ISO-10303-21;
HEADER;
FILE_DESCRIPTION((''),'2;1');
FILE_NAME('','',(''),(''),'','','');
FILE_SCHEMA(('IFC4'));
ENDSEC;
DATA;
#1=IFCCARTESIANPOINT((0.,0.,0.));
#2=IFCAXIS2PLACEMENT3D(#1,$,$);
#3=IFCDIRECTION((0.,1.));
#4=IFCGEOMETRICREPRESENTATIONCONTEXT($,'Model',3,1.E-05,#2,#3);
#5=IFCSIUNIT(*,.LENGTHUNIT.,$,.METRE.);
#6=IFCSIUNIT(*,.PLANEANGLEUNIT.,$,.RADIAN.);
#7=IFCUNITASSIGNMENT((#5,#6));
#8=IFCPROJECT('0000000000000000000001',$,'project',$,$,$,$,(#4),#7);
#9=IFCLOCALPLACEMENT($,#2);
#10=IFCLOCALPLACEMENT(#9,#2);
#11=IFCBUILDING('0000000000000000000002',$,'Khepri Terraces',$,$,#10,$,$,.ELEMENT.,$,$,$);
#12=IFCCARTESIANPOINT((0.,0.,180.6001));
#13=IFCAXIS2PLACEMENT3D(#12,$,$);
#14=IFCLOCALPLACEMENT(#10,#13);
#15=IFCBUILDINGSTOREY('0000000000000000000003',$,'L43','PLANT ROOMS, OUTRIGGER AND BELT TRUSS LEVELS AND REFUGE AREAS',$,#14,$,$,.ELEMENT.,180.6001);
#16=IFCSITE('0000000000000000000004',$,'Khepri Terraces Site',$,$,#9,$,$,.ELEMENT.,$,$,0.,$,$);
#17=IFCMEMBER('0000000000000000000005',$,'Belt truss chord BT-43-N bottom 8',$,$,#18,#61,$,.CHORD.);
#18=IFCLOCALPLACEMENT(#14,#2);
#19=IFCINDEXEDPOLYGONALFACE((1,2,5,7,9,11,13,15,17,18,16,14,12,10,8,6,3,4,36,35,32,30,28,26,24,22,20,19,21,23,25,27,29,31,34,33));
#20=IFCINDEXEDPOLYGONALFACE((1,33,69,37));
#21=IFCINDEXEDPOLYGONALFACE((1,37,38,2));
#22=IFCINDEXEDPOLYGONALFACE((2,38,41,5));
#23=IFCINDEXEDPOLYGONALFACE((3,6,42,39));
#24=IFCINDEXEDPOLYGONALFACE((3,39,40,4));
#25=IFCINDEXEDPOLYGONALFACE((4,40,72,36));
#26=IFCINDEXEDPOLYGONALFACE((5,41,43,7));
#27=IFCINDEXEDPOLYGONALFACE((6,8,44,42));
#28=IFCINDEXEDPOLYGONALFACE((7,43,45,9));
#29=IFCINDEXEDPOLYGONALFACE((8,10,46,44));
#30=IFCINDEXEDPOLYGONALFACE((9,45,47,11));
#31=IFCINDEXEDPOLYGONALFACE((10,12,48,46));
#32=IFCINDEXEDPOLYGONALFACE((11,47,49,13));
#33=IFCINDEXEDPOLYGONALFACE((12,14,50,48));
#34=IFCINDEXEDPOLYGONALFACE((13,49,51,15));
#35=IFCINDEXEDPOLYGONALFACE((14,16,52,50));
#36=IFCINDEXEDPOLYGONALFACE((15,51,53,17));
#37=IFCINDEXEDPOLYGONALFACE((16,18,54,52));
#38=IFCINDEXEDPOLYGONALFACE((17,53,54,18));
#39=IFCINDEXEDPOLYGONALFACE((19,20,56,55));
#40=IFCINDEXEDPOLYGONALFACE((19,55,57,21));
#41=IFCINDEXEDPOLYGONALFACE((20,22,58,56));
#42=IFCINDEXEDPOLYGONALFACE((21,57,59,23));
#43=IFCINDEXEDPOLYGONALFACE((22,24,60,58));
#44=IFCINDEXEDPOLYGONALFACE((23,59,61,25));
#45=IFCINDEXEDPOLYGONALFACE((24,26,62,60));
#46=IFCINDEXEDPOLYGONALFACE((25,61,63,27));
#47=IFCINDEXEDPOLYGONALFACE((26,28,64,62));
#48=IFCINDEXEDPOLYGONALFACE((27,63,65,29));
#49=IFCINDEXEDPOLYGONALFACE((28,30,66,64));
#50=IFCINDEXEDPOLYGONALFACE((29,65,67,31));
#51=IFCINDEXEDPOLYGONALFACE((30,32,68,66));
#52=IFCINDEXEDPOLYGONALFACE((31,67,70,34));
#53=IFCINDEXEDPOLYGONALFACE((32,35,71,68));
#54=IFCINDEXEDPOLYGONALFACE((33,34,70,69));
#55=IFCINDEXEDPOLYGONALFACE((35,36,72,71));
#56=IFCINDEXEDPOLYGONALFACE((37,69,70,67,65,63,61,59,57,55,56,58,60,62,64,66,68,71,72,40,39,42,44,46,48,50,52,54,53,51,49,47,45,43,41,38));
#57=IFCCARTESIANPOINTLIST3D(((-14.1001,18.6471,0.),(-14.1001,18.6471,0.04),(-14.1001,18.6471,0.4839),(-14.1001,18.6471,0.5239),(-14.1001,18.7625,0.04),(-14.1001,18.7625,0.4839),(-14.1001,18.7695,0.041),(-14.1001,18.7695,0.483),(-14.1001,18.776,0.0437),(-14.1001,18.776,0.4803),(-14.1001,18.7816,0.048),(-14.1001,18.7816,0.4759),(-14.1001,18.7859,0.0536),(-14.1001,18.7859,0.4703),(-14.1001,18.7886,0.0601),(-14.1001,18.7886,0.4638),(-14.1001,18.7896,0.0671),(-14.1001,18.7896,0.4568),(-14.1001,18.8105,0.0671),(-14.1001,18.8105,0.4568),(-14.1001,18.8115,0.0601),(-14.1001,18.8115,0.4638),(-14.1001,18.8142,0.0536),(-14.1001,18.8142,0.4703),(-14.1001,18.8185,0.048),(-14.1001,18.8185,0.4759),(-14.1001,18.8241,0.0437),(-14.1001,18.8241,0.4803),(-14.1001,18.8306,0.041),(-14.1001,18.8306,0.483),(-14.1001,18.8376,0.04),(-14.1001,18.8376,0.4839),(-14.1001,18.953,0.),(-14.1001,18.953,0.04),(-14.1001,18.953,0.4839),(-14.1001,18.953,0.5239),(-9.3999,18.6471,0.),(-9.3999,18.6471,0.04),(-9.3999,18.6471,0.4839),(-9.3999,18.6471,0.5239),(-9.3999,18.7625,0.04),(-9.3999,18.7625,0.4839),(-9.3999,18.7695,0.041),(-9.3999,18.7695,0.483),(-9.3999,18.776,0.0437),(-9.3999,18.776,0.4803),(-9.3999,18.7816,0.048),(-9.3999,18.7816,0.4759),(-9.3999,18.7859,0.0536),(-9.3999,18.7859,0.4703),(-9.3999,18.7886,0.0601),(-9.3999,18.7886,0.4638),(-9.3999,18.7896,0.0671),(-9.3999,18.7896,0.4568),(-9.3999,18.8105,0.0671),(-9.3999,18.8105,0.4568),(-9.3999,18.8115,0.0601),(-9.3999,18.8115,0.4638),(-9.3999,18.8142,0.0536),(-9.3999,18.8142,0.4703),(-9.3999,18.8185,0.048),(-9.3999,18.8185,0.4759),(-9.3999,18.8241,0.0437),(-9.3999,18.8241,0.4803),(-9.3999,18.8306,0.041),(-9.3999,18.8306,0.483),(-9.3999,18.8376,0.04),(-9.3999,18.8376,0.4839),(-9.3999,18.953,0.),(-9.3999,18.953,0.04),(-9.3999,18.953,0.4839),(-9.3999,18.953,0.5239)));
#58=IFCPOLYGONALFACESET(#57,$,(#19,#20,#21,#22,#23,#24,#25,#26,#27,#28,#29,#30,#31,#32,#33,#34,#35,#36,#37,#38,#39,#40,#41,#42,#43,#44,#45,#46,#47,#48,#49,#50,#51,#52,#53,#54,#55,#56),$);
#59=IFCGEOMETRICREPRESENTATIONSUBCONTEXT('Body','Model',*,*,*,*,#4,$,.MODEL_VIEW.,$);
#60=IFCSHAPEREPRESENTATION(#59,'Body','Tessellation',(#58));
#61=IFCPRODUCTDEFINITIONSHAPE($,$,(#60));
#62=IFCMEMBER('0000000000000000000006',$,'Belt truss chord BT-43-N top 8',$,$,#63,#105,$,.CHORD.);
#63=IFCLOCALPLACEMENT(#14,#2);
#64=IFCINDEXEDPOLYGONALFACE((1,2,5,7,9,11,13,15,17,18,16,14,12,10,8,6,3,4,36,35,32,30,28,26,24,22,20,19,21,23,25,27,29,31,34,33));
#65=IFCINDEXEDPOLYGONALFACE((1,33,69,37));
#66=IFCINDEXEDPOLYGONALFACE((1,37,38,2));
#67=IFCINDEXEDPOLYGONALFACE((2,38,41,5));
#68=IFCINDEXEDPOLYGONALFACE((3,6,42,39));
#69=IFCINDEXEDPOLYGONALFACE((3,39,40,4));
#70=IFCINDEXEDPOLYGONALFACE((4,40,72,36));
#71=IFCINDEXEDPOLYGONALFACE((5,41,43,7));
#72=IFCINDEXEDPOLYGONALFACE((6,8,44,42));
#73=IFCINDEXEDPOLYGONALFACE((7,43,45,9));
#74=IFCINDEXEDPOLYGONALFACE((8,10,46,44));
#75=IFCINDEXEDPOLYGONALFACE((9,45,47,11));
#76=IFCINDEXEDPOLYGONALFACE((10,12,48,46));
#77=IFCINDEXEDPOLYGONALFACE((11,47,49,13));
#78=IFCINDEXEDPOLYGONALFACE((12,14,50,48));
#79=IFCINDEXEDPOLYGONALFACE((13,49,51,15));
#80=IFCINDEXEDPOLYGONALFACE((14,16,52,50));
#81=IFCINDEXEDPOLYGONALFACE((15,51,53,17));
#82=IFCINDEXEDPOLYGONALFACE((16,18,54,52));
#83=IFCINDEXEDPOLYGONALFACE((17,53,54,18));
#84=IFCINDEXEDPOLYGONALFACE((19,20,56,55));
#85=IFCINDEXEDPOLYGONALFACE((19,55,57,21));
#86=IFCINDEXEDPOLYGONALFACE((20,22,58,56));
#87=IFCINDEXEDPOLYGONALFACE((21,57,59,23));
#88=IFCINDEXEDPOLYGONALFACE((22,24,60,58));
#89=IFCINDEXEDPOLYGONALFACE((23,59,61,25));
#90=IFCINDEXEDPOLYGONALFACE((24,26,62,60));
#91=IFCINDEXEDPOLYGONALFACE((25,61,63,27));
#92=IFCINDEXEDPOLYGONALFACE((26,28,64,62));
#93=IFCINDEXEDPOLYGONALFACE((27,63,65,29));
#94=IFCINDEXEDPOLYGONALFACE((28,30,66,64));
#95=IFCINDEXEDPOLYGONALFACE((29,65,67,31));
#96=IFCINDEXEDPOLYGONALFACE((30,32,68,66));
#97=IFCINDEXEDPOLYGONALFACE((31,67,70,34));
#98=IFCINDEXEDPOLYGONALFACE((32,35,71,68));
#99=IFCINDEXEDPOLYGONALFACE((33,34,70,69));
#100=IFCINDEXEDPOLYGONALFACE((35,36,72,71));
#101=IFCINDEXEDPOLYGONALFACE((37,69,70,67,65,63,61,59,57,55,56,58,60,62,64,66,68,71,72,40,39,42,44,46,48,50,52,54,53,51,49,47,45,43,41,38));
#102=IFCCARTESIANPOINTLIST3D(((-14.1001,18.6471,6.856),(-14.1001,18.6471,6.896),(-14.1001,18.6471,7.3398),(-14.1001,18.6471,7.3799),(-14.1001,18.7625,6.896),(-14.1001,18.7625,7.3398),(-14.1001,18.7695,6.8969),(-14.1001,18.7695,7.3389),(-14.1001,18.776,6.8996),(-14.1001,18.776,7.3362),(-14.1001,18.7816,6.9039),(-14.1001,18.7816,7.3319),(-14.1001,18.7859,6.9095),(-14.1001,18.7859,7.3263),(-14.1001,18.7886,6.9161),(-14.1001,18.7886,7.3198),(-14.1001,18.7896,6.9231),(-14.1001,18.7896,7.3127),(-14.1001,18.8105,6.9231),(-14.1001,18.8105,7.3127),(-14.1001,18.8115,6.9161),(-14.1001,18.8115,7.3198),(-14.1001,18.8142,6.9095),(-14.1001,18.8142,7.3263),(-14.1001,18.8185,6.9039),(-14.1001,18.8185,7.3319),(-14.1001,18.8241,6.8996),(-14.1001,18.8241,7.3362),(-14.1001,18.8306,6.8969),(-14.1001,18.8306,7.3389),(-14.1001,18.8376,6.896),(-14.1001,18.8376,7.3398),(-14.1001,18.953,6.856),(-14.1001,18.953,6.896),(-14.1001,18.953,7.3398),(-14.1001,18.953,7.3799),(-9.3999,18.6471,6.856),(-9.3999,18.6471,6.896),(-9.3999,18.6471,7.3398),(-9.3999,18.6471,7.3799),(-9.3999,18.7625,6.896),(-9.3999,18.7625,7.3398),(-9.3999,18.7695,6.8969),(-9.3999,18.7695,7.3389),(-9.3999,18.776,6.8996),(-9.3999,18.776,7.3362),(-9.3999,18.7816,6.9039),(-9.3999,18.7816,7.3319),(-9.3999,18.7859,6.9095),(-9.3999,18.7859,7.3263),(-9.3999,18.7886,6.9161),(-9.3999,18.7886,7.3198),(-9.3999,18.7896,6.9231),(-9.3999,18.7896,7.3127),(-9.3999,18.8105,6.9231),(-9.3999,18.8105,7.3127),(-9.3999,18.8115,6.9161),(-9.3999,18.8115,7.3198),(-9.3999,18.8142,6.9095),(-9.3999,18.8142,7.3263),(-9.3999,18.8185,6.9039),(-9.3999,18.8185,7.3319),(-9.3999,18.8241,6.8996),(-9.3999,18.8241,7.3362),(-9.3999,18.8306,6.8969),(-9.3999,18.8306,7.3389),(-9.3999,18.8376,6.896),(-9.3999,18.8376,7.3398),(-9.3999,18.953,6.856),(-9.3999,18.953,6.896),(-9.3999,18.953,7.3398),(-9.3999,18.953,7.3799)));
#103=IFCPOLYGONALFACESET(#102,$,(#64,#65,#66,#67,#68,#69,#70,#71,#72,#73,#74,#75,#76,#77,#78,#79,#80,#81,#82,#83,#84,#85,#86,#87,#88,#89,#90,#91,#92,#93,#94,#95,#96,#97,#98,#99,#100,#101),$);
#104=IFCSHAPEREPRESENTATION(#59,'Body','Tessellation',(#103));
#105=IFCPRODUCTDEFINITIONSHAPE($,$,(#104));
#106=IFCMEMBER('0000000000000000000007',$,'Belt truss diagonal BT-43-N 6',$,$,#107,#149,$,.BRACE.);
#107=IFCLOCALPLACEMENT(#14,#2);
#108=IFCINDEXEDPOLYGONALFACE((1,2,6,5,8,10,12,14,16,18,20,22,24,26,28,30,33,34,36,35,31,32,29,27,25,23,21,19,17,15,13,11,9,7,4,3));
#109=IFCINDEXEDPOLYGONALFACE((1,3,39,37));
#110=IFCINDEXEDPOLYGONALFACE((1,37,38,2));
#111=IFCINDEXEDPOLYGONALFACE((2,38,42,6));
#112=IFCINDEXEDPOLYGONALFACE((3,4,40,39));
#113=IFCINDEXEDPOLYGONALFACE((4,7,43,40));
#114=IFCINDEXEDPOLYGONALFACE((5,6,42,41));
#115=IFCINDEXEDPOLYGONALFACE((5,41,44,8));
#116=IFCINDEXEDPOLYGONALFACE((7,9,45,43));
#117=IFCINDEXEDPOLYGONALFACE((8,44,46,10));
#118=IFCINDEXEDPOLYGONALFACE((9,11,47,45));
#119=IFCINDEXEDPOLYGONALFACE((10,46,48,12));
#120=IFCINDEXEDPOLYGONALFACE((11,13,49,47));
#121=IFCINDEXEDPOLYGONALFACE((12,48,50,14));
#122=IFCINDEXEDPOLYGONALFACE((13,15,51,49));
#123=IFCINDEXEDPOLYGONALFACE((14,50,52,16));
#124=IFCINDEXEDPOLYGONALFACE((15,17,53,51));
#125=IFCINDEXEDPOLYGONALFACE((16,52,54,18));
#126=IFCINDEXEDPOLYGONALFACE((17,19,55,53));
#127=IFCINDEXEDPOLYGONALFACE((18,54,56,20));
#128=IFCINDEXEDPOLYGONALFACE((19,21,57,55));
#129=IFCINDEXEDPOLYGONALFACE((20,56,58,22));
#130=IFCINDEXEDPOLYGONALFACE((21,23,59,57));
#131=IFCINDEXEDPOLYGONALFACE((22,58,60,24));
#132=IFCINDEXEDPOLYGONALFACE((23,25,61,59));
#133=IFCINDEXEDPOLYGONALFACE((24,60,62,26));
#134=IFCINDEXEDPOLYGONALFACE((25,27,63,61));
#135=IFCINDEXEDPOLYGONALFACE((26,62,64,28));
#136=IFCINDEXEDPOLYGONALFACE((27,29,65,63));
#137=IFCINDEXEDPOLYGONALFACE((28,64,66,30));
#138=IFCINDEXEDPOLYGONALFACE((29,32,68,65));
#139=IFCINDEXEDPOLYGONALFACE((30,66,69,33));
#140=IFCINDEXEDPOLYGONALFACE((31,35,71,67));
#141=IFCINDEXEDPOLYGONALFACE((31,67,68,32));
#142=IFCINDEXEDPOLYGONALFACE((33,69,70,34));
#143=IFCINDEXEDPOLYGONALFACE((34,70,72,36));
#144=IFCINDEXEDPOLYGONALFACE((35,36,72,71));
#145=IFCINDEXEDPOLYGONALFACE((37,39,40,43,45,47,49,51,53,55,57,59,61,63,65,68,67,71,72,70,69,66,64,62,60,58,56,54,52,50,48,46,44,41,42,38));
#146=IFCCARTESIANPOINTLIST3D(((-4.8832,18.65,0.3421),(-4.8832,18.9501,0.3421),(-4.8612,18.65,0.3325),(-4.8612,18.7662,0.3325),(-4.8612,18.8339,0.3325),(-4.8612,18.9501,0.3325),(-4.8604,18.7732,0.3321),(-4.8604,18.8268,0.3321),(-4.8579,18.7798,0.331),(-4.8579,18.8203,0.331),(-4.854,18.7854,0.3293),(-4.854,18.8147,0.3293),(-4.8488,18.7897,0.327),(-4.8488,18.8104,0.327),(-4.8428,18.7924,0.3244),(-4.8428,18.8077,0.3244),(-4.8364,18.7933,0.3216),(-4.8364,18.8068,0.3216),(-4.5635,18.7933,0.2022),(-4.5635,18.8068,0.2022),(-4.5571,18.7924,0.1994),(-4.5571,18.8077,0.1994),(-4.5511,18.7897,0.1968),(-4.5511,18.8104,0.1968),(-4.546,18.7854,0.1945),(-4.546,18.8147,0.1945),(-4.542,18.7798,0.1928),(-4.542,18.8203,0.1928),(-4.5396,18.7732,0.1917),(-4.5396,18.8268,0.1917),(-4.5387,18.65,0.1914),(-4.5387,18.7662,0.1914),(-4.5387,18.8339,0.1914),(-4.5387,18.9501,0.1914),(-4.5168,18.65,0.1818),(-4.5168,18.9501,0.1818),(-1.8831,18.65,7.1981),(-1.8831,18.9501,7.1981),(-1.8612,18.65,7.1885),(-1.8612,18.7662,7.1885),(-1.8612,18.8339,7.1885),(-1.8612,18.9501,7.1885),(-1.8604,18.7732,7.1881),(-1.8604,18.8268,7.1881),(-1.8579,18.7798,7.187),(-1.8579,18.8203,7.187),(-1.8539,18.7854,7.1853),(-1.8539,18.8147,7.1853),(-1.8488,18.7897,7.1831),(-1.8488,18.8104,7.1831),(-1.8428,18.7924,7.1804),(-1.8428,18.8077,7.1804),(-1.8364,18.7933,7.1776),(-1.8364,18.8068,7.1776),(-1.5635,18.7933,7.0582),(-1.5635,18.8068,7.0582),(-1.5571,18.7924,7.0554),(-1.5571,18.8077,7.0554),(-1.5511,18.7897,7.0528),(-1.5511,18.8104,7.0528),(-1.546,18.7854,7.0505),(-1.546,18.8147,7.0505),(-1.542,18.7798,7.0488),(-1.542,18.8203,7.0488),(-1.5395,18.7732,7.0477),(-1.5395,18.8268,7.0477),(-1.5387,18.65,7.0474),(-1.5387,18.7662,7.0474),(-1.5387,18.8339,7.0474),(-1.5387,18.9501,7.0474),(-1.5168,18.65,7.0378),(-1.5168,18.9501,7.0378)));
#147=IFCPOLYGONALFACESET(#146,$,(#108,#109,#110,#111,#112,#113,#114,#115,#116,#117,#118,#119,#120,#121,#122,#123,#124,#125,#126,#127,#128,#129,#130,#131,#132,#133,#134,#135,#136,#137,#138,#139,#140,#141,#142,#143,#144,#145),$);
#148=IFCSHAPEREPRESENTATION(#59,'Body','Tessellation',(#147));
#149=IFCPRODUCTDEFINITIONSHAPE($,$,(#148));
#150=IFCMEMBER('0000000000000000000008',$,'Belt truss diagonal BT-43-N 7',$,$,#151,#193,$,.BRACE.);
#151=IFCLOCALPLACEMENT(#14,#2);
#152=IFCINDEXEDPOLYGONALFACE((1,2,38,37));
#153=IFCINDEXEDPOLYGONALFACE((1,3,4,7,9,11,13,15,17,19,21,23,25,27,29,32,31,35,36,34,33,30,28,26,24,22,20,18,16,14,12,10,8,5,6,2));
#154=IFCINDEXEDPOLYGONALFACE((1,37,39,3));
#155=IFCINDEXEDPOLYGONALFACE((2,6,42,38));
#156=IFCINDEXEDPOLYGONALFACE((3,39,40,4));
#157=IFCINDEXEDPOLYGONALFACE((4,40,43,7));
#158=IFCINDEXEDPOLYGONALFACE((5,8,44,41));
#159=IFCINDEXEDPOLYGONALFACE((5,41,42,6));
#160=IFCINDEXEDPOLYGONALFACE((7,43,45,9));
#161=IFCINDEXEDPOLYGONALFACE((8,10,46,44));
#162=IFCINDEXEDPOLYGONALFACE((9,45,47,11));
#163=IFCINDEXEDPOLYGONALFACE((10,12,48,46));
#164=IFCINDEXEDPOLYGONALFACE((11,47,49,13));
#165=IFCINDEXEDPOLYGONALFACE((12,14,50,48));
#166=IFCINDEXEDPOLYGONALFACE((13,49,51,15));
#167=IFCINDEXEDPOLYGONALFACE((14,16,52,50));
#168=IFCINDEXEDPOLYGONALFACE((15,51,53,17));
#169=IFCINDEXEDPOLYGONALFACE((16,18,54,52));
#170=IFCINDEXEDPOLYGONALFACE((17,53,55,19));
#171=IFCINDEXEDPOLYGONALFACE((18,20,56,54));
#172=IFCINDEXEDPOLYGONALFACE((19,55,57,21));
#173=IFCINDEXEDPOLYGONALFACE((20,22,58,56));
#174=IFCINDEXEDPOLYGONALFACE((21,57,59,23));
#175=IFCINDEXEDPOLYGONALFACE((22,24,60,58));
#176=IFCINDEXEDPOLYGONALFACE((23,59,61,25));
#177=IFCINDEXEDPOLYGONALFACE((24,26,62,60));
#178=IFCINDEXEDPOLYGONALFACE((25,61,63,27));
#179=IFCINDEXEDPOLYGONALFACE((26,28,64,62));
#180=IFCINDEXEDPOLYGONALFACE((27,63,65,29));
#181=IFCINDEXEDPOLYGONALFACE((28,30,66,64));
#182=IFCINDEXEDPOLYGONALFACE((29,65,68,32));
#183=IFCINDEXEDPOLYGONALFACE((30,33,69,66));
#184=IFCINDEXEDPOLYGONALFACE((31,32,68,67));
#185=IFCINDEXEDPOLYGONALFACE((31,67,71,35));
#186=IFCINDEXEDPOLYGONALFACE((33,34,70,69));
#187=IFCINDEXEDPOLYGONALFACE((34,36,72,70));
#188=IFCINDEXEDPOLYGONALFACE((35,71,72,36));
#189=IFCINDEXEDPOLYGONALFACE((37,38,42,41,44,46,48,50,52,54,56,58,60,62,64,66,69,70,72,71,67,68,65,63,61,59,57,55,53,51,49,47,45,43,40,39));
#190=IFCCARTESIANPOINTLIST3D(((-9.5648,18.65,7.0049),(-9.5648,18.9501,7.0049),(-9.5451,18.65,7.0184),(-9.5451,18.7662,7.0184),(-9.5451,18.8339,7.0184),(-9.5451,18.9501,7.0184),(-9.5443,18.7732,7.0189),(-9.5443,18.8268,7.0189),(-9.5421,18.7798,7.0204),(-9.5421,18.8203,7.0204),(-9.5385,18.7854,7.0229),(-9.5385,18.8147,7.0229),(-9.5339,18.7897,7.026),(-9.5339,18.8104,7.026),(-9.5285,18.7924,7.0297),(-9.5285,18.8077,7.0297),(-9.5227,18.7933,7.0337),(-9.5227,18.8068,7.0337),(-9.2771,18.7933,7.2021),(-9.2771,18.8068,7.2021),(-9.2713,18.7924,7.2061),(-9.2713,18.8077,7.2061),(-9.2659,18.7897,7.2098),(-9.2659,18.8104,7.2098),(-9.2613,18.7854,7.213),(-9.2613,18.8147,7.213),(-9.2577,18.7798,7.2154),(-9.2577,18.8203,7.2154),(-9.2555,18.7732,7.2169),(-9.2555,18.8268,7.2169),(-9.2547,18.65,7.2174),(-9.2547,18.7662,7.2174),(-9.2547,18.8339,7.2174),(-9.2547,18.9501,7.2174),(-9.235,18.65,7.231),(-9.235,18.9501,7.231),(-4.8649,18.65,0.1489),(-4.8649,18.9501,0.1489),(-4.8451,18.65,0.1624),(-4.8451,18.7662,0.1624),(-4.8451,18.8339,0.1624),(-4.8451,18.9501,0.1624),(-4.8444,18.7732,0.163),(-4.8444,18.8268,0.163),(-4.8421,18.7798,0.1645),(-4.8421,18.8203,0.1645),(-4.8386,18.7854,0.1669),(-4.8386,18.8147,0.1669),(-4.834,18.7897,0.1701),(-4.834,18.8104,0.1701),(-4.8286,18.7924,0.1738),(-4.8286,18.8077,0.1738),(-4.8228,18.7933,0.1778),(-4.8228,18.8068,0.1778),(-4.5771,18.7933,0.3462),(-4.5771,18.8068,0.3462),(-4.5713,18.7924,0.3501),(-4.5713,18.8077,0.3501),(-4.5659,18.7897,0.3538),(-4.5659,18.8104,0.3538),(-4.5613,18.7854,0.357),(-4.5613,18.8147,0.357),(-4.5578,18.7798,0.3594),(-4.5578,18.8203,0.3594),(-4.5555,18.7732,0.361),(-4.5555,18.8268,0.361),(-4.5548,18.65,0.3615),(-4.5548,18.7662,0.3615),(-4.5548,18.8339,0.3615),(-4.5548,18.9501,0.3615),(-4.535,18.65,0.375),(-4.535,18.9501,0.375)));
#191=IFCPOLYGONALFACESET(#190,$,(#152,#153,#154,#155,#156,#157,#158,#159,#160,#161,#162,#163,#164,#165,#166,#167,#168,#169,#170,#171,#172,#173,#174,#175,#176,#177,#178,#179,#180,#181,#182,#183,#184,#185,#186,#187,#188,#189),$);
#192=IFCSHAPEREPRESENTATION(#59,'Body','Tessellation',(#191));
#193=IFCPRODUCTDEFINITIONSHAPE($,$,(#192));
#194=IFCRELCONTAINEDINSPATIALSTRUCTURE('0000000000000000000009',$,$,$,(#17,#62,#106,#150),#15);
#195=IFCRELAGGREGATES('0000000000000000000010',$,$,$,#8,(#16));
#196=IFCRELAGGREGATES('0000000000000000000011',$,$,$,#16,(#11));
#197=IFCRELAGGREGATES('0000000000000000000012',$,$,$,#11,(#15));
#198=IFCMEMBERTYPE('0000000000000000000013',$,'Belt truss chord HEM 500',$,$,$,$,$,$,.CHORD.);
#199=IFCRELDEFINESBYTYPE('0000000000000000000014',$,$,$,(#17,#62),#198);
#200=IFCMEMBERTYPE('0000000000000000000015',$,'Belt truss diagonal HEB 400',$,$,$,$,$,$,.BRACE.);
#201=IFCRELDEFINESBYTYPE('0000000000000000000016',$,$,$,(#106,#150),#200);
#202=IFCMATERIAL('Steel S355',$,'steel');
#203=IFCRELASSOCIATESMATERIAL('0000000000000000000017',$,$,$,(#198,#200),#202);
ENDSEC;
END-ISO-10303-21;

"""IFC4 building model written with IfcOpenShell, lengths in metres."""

from ifc_helpers import new_model, si_unit, direction, frame, origin, origin_2d, place, context, subcontext, project, spatial, i_section, extrude, material, material_profile, profile_set, type_object, element, save


model = new_model("IFC4")

# Units and contexts
model_context = context("Model", 3, precision=1e-05, world=origin(), true_north=direction((0.0, 1.0)))
body_context = subcontext(model_context, "Body", "Model", "MODEL_VIEW")
ifc_project = project(units=[si_unit("LENGTHUNIT", "METRE"), si_unit("PLANEANGLEUNIT", "RADIAN")], contexts=[model_context])

# Site, building, storey
site_placement = place(None, origin())
site = spatial("IfcSite", under=ifc_project, at=site_placement, Name="Khepri Terraces Site", CompositionType="ELEMENT", RefElevation=0.0)
building_placement = place(site_placement, origin())
building = spatial("IfcBuilding", under=site, at=building_placement, Name="Khepri Terraces", CompositionType="ELEMENT")
storey_placement = place(building_placement, frame((0.0, 0.0, 180.6001)))
storey = spatial("IfcBuildingStorey", under=building, at=storey_placement, Name="L43", Description="PLANT ROOMS, OUTRIGGER AND BELT TRUSS LEVELS AND REFUGE AREAS", CompositionType="ELEMENT", Elevation=180.6001)

# Members
ifc_material_1 = material(Name="Steel S355", Category="steel")
ifc_material_profile_1 = material_profile(ifc_material_1, i_section(OverallWidth=0.3059, OverallDepth=0.5239, WebThickness=0.021, FlangeThickness=0.04, FilletRadius=0.0271, at=origin_2d()), Name="Steel S355", Category="steel")
ifc_profile_set_1 = profile_set([ifc_material_profile_1], Name="Steel S355")
member_type_1 = type_object("IfcMemberType", Name="Belt truss chord HEM 500", PredefinedType="CHORD", material=ifc_profile_set_1)
for number, where, z_axis, x_axis, name in (
    (1, (-9.3999, 18.8, 0.262), (-1.0, 0.0, 0.0), (0.0, -1.0, 0.0), "Belt truss chord BT-43-N bottom 8"),
    (2, (-9.3999, 18.8, 7.1179), (-1.0, 0.0, 0.0), (0.0, -1.0, 0.0), "Belt truss chord BT-43-N top 8"),
):
    element("IfcMember", number, at=place(storey_placement, frame(where, z_axis=z_axis, x_axis=x_axis)), inside=storey, type_object=member_type_1, Name=name, PredefinedType="CHORD", context=body_context, shape_type="SweptSolid", body=[
        extrude(i_section(OverallWidth=0.3059, OverallDepth=0.5239, WebThickness=0.021, FlangeThickness=0.04, FilletRadius=0.0271, at=origin_2d()), origin(), (0.0, 0.0, 1.0), 4.7002),
    ])
ifc_material_profile_2 = material_profile(ifc_material_1, i_section(OverallWidth=0.3, OverallDepth=0.3999, WebThickness=0.0134, FlangeThickness=0.0239, FilletRadius=0.0271, at=origin_2d()), Name="Steel S355", Category="steel")
ifc_profile_set_2 = profile_set([ifc_material_profile_2], Name="Steel S355")
member_type_2 = type_object("IfcMemberType", Name="Belt truss diagonal HEB 400", PredefinedType="BRACE", material=ifc_profile_set_2)
member_1_placement = place(storey_placement, frame((-1.7, 18.8, 7.1179), z_axis=(-0.400877, 0.0, -0.916132), x_axis=(0.0, -1.0, 0.0)))
element("IfcMember", 3, at=member_1_placement, inside=storey, type_object=member_type_2, Name="Belt truss diagonal BT-43-N 6", PredefinedType="BRACE", context=body_context, shape_type="SweptSolid", body=[
    extrude(i_section(OverallWidth=0.3, OverallDepth=0.3999, WebThickness=0.0134, FlangeThickness=0.0239, FilletRadius=0.0271, at=origin_2d()), origin(), (0.0, 0.0, 1.0), 7.4836),
])
member_2_placement = place(storey_placement, frame((-4.7, 18.8, 0.262), z_axis=(-0.565424, 0.0, 0.8248), x_axis=(0.0, -1.0, 0.0)))
element("IfcMember", 4, at=member_2_placement, inside=storey, type_object=member_type_2, Name="Belt truss diagonal BT-43-N 7", PredefinedType="BRACE", context=body_context, shape_type="SweptSolid", body=[
    extrude(i_section(OverallWidth=0.3, OverallDepth=0.3999, WebThickness=0.0134, FlangeThickness=0.0239, FilletRadius=0.0271, at=origin_2d()), origin(), (0.0, 0.0, 1.0), 8.3123),
])

save(model, "model.ifc")
